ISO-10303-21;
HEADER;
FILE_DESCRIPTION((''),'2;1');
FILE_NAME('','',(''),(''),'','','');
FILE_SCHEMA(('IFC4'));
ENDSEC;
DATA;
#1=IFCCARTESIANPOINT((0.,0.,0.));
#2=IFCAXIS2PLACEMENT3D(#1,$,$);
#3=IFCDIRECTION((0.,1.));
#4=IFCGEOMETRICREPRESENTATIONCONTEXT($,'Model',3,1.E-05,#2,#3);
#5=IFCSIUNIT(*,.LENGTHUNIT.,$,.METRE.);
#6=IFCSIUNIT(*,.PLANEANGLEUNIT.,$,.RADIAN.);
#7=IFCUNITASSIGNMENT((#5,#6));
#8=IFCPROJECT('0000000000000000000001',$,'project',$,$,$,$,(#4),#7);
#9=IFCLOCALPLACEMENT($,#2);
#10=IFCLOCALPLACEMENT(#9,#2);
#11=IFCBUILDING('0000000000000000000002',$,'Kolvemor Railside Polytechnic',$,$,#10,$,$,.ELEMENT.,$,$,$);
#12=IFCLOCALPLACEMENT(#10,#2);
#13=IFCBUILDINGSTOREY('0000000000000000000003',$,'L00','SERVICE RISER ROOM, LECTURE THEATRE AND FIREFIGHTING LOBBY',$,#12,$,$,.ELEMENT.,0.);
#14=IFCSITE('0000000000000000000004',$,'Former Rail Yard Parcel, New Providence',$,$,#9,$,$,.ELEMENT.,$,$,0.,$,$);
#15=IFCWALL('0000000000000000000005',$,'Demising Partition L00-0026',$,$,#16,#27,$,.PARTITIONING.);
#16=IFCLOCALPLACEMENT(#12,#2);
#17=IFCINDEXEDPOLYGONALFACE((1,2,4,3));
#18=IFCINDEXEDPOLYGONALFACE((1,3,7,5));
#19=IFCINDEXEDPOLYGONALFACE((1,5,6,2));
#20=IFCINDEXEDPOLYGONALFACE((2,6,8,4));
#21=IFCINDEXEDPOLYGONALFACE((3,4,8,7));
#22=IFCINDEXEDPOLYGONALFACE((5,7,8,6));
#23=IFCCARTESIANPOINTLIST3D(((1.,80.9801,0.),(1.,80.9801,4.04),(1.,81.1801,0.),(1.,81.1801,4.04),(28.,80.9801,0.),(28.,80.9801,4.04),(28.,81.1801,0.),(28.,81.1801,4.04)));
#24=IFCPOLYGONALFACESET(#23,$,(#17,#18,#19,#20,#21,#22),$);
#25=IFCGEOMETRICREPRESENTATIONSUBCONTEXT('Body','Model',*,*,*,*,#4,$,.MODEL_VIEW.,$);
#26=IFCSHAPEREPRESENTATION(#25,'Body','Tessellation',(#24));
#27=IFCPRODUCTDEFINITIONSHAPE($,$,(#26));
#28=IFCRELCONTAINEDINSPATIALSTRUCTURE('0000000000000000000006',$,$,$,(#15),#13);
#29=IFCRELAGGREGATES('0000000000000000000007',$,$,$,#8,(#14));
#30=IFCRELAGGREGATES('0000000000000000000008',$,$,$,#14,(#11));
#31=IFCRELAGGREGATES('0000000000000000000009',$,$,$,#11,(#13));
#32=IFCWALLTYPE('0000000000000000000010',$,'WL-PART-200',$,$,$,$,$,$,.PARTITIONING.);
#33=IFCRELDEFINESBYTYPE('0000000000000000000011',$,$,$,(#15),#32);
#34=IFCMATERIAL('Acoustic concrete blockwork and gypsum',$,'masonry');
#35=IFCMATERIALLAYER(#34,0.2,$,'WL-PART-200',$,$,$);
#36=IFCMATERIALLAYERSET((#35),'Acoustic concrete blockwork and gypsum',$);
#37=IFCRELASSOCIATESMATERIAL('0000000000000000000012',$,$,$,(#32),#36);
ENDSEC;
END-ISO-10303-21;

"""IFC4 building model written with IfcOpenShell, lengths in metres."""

from ifc_helpers import new_model, si_unit, direction, frame, frame_2d, origin, place, context, subcontext, project, spatial, rectangle, extrude, material, layer, layer_set, type_object, element, save


model = new_model("IFC4")

# Units and contexts
model_context = context("Model", 3, precision=1e-05, world=origin(), true_north=direction((0.0, 1.0)))
body_context = subcontext(model_context, "Body", "Model", "MODEL_VIEW")
ifc_project = project(units=[si_unit("LENGTHUNIT", "METRE"), si_unit("PLANEANGLEUNIT", "RADIAN")], contexts=[model_context])

# Site, building, storey
site_placement = place(None, origin())
site = spatial("IfcSite", under=ifc_project, at=site_placement, Name="Former Rail Yard Parcel, New Providence", CompositionType="ELEMENT", RefElevation=0.0)
building_placement = place(site_placement, origin())
building = spatial("IfcBuilding", under=site, at=building_placement, Name="Kolvemor Railside Polytechnic", CompositionType="ELEMENT")
storey_placement = place(building_placement, origin())
storey = spatial("IfcBuildingStorey", under=building, at=storey_placement, Name="L00", Description="SERVICE RISER ROOM, LECTURE THEATRE AND FIREFIGHTING LOBBY", CompositionType="ELEMENT", Elevation=0.0)

# Wall
ifc_material_1 = material(Name="Acoustic concrete blockwork and gypsum", Category="masonry")
ifc_layer_1 = layer(ifc_material_1, 0.2, Name="WL-PART-200")
ifc_layer_set_1 = layer_set([ifc_layer_1], Name="Acoustic concrete blockwork and gypsum")
wall_type_1 = type_object("IfcWallType", Name="WL-PART-200", PredefinedType="PARTITIONING", material=ifc_layer_set_1)
wall_1_placement = place(storey_placement, frame((1.0, 81.0801, 0.0), z_axis=(0.0, 0.0, 1.0), x_axis=(1.0, 0.0, 0.0)))
element("IfcWall", 1, at=wall_1_placement, inside=storey, type_object=wall_type_1, Name="Demising Partition L00-0026", PredefinedType="PARTITIONING", context=body_context, shape_type="SweptSolid", body=[
    extrude(rectangle(XDim=27.0, YDim=0.2, at=frame_2d((13.5, 0.0))), origin(), (0.0, 0.0, 1.0), 4.04),
])

save(model, "model.ifc")
